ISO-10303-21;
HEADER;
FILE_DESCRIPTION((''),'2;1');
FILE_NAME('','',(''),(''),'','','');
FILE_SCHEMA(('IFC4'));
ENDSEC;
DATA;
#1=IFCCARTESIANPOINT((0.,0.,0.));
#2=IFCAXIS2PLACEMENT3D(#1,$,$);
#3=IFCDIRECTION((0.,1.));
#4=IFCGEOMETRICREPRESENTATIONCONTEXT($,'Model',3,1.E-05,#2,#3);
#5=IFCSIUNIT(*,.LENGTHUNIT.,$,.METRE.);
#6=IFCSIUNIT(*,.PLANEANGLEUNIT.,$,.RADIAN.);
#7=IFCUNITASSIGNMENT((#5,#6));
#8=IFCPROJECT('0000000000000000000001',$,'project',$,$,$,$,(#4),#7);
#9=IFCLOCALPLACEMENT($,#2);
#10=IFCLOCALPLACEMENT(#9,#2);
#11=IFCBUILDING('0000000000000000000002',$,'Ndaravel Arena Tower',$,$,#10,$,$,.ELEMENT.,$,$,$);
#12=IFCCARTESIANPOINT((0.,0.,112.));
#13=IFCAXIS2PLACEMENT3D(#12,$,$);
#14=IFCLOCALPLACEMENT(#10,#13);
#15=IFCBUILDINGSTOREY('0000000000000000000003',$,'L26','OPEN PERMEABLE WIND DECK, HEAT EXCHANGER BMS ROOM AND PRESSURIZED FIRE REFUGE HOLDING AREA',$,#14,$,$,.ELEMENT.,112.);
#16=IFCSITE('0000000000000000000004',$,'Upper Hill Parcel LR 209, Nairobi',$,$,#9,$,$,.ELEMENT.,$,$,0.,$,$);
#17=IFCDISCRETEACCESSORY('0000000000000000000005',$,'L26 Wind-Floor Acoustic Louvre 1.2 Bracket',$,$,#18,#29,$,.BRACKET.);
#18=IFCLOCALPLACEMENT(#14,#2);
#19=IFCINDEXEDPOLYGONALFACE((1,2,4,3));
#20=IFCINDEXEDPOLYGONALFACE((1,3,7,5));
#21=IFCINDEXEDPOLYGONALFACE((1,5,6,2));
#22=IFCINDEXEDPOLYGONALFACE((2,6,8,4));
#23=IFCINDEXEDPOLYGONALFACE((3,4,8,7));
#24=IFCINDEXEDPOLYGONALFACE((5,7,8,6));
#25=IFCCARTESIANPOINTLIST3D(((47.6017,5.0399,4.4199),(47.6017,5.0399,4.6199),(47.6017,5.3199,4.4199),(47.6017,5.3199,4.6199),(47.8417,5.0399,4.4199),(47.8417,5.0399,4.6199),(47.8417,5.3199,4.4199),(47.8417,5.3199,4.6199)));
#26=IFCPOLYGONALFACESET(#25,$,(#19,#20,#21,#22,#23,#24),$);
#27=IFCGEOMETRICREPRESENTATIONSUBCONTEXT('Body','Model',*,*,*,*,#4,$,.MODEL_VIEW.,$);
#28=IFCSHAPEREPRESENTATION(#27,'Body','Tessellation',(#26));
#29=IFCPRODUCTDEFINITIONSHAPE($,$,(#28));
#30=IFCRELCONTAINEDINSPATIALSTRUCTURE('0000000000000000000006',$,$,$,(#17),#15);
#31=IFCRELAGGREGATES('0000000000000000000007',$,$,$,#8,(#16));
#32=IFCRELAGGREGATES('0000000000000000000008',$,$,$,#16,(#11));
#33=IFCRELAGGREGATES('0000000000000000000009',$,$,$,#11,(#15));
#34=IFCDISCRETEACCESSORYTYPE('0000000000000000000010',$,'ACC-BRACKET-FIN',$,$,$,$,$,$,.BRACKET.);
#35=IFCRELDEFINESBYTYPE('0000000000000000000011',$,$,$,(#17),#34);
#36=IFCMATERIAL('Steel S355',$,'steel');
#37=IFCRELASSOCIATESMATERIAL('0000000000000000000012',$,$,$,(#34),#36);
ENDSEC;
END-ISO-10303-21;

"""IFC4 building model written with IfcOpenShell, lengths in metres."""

from ifc_helpers import new_model, si_unit, direction, frame, origin, origin_2d, place, context, subcontext, project, spatial, rectangle, extrude, material, type_object, element, save


model = new_model("IFC4")

# Units and contexts
model_context = context("Model", 3, precision=1e-05, world=origin(), true_north=direction((0.0, 1.0)))
body_context = subcontext(model_context, "Body", "Model", "MODEL_VIEW")
ifc_project = project(units=[si_unit("LENGTHUNIT", "METRE"), si_unit("PLANEANGLEUNIT", "RADIAN")], contexts=[model_context])

# Site, building, storey
site_placement = place(None, origin())
site = spatial("IfcSite", under=ifc_project, at=site_placement, Name="Upper Hill Parcel LR 209, Nairobi", CompositionType="ELEMENT", RefElevation=0.0)
building_placement = place(site_placement, origin())
building = spatial("IfcBuilding", under=site, at=building_placement, Name="Ndaravel Arena Tower", CompositionType="ELEMENT")
storey_placement = place(building_placement, frame((0.0, 0.0, 112.0)))
storey = spatial("IfcBuildingStorey", under=building, at=storey_placement, Name="L26", Description="OPEN PERMEABLE WIND DECK, HEAT EXCHANGER BMS ROOM AND PRESSURIZED FIRE REFUGE HOLDING AREA", CompositionType="ELEMENT", Elevation=112.0)

# Discrete accessory
ifc_material_1 = material(Name="Steel S355", Category="steel")
discrete_accessory_type = type_object("IfcDiscreteAccessoryType", Name="ACC-BRACKET-FIN", PredefinedType="BRACKET", material=ifc_material_1)
discrete_accessory_placement = place(storey_placement, frame((47.7217, 5.1799, 4.4199), z_axis=(0.0, 0.0, 1.0), x_axis=(0.0, -1.0, 0.0)))
element("IfcDiscreteAccessory", 1, at=discrete_accessory_placement, inside=storey, type_object=discrete_accessory_type, Name="L26 Wind-Floor Acoustic Louvre 1.2 Bracket", PredefinedType="BRACKET", context=body_context, shape_type="SweptSolid", body=[
    extrude(rectangle(XDim=0.28, YDim=0.24, at=origin_2d()), origin(), (0.0, 0.0, 1.0), 0.2),
])

save(model, "model.ifc")
